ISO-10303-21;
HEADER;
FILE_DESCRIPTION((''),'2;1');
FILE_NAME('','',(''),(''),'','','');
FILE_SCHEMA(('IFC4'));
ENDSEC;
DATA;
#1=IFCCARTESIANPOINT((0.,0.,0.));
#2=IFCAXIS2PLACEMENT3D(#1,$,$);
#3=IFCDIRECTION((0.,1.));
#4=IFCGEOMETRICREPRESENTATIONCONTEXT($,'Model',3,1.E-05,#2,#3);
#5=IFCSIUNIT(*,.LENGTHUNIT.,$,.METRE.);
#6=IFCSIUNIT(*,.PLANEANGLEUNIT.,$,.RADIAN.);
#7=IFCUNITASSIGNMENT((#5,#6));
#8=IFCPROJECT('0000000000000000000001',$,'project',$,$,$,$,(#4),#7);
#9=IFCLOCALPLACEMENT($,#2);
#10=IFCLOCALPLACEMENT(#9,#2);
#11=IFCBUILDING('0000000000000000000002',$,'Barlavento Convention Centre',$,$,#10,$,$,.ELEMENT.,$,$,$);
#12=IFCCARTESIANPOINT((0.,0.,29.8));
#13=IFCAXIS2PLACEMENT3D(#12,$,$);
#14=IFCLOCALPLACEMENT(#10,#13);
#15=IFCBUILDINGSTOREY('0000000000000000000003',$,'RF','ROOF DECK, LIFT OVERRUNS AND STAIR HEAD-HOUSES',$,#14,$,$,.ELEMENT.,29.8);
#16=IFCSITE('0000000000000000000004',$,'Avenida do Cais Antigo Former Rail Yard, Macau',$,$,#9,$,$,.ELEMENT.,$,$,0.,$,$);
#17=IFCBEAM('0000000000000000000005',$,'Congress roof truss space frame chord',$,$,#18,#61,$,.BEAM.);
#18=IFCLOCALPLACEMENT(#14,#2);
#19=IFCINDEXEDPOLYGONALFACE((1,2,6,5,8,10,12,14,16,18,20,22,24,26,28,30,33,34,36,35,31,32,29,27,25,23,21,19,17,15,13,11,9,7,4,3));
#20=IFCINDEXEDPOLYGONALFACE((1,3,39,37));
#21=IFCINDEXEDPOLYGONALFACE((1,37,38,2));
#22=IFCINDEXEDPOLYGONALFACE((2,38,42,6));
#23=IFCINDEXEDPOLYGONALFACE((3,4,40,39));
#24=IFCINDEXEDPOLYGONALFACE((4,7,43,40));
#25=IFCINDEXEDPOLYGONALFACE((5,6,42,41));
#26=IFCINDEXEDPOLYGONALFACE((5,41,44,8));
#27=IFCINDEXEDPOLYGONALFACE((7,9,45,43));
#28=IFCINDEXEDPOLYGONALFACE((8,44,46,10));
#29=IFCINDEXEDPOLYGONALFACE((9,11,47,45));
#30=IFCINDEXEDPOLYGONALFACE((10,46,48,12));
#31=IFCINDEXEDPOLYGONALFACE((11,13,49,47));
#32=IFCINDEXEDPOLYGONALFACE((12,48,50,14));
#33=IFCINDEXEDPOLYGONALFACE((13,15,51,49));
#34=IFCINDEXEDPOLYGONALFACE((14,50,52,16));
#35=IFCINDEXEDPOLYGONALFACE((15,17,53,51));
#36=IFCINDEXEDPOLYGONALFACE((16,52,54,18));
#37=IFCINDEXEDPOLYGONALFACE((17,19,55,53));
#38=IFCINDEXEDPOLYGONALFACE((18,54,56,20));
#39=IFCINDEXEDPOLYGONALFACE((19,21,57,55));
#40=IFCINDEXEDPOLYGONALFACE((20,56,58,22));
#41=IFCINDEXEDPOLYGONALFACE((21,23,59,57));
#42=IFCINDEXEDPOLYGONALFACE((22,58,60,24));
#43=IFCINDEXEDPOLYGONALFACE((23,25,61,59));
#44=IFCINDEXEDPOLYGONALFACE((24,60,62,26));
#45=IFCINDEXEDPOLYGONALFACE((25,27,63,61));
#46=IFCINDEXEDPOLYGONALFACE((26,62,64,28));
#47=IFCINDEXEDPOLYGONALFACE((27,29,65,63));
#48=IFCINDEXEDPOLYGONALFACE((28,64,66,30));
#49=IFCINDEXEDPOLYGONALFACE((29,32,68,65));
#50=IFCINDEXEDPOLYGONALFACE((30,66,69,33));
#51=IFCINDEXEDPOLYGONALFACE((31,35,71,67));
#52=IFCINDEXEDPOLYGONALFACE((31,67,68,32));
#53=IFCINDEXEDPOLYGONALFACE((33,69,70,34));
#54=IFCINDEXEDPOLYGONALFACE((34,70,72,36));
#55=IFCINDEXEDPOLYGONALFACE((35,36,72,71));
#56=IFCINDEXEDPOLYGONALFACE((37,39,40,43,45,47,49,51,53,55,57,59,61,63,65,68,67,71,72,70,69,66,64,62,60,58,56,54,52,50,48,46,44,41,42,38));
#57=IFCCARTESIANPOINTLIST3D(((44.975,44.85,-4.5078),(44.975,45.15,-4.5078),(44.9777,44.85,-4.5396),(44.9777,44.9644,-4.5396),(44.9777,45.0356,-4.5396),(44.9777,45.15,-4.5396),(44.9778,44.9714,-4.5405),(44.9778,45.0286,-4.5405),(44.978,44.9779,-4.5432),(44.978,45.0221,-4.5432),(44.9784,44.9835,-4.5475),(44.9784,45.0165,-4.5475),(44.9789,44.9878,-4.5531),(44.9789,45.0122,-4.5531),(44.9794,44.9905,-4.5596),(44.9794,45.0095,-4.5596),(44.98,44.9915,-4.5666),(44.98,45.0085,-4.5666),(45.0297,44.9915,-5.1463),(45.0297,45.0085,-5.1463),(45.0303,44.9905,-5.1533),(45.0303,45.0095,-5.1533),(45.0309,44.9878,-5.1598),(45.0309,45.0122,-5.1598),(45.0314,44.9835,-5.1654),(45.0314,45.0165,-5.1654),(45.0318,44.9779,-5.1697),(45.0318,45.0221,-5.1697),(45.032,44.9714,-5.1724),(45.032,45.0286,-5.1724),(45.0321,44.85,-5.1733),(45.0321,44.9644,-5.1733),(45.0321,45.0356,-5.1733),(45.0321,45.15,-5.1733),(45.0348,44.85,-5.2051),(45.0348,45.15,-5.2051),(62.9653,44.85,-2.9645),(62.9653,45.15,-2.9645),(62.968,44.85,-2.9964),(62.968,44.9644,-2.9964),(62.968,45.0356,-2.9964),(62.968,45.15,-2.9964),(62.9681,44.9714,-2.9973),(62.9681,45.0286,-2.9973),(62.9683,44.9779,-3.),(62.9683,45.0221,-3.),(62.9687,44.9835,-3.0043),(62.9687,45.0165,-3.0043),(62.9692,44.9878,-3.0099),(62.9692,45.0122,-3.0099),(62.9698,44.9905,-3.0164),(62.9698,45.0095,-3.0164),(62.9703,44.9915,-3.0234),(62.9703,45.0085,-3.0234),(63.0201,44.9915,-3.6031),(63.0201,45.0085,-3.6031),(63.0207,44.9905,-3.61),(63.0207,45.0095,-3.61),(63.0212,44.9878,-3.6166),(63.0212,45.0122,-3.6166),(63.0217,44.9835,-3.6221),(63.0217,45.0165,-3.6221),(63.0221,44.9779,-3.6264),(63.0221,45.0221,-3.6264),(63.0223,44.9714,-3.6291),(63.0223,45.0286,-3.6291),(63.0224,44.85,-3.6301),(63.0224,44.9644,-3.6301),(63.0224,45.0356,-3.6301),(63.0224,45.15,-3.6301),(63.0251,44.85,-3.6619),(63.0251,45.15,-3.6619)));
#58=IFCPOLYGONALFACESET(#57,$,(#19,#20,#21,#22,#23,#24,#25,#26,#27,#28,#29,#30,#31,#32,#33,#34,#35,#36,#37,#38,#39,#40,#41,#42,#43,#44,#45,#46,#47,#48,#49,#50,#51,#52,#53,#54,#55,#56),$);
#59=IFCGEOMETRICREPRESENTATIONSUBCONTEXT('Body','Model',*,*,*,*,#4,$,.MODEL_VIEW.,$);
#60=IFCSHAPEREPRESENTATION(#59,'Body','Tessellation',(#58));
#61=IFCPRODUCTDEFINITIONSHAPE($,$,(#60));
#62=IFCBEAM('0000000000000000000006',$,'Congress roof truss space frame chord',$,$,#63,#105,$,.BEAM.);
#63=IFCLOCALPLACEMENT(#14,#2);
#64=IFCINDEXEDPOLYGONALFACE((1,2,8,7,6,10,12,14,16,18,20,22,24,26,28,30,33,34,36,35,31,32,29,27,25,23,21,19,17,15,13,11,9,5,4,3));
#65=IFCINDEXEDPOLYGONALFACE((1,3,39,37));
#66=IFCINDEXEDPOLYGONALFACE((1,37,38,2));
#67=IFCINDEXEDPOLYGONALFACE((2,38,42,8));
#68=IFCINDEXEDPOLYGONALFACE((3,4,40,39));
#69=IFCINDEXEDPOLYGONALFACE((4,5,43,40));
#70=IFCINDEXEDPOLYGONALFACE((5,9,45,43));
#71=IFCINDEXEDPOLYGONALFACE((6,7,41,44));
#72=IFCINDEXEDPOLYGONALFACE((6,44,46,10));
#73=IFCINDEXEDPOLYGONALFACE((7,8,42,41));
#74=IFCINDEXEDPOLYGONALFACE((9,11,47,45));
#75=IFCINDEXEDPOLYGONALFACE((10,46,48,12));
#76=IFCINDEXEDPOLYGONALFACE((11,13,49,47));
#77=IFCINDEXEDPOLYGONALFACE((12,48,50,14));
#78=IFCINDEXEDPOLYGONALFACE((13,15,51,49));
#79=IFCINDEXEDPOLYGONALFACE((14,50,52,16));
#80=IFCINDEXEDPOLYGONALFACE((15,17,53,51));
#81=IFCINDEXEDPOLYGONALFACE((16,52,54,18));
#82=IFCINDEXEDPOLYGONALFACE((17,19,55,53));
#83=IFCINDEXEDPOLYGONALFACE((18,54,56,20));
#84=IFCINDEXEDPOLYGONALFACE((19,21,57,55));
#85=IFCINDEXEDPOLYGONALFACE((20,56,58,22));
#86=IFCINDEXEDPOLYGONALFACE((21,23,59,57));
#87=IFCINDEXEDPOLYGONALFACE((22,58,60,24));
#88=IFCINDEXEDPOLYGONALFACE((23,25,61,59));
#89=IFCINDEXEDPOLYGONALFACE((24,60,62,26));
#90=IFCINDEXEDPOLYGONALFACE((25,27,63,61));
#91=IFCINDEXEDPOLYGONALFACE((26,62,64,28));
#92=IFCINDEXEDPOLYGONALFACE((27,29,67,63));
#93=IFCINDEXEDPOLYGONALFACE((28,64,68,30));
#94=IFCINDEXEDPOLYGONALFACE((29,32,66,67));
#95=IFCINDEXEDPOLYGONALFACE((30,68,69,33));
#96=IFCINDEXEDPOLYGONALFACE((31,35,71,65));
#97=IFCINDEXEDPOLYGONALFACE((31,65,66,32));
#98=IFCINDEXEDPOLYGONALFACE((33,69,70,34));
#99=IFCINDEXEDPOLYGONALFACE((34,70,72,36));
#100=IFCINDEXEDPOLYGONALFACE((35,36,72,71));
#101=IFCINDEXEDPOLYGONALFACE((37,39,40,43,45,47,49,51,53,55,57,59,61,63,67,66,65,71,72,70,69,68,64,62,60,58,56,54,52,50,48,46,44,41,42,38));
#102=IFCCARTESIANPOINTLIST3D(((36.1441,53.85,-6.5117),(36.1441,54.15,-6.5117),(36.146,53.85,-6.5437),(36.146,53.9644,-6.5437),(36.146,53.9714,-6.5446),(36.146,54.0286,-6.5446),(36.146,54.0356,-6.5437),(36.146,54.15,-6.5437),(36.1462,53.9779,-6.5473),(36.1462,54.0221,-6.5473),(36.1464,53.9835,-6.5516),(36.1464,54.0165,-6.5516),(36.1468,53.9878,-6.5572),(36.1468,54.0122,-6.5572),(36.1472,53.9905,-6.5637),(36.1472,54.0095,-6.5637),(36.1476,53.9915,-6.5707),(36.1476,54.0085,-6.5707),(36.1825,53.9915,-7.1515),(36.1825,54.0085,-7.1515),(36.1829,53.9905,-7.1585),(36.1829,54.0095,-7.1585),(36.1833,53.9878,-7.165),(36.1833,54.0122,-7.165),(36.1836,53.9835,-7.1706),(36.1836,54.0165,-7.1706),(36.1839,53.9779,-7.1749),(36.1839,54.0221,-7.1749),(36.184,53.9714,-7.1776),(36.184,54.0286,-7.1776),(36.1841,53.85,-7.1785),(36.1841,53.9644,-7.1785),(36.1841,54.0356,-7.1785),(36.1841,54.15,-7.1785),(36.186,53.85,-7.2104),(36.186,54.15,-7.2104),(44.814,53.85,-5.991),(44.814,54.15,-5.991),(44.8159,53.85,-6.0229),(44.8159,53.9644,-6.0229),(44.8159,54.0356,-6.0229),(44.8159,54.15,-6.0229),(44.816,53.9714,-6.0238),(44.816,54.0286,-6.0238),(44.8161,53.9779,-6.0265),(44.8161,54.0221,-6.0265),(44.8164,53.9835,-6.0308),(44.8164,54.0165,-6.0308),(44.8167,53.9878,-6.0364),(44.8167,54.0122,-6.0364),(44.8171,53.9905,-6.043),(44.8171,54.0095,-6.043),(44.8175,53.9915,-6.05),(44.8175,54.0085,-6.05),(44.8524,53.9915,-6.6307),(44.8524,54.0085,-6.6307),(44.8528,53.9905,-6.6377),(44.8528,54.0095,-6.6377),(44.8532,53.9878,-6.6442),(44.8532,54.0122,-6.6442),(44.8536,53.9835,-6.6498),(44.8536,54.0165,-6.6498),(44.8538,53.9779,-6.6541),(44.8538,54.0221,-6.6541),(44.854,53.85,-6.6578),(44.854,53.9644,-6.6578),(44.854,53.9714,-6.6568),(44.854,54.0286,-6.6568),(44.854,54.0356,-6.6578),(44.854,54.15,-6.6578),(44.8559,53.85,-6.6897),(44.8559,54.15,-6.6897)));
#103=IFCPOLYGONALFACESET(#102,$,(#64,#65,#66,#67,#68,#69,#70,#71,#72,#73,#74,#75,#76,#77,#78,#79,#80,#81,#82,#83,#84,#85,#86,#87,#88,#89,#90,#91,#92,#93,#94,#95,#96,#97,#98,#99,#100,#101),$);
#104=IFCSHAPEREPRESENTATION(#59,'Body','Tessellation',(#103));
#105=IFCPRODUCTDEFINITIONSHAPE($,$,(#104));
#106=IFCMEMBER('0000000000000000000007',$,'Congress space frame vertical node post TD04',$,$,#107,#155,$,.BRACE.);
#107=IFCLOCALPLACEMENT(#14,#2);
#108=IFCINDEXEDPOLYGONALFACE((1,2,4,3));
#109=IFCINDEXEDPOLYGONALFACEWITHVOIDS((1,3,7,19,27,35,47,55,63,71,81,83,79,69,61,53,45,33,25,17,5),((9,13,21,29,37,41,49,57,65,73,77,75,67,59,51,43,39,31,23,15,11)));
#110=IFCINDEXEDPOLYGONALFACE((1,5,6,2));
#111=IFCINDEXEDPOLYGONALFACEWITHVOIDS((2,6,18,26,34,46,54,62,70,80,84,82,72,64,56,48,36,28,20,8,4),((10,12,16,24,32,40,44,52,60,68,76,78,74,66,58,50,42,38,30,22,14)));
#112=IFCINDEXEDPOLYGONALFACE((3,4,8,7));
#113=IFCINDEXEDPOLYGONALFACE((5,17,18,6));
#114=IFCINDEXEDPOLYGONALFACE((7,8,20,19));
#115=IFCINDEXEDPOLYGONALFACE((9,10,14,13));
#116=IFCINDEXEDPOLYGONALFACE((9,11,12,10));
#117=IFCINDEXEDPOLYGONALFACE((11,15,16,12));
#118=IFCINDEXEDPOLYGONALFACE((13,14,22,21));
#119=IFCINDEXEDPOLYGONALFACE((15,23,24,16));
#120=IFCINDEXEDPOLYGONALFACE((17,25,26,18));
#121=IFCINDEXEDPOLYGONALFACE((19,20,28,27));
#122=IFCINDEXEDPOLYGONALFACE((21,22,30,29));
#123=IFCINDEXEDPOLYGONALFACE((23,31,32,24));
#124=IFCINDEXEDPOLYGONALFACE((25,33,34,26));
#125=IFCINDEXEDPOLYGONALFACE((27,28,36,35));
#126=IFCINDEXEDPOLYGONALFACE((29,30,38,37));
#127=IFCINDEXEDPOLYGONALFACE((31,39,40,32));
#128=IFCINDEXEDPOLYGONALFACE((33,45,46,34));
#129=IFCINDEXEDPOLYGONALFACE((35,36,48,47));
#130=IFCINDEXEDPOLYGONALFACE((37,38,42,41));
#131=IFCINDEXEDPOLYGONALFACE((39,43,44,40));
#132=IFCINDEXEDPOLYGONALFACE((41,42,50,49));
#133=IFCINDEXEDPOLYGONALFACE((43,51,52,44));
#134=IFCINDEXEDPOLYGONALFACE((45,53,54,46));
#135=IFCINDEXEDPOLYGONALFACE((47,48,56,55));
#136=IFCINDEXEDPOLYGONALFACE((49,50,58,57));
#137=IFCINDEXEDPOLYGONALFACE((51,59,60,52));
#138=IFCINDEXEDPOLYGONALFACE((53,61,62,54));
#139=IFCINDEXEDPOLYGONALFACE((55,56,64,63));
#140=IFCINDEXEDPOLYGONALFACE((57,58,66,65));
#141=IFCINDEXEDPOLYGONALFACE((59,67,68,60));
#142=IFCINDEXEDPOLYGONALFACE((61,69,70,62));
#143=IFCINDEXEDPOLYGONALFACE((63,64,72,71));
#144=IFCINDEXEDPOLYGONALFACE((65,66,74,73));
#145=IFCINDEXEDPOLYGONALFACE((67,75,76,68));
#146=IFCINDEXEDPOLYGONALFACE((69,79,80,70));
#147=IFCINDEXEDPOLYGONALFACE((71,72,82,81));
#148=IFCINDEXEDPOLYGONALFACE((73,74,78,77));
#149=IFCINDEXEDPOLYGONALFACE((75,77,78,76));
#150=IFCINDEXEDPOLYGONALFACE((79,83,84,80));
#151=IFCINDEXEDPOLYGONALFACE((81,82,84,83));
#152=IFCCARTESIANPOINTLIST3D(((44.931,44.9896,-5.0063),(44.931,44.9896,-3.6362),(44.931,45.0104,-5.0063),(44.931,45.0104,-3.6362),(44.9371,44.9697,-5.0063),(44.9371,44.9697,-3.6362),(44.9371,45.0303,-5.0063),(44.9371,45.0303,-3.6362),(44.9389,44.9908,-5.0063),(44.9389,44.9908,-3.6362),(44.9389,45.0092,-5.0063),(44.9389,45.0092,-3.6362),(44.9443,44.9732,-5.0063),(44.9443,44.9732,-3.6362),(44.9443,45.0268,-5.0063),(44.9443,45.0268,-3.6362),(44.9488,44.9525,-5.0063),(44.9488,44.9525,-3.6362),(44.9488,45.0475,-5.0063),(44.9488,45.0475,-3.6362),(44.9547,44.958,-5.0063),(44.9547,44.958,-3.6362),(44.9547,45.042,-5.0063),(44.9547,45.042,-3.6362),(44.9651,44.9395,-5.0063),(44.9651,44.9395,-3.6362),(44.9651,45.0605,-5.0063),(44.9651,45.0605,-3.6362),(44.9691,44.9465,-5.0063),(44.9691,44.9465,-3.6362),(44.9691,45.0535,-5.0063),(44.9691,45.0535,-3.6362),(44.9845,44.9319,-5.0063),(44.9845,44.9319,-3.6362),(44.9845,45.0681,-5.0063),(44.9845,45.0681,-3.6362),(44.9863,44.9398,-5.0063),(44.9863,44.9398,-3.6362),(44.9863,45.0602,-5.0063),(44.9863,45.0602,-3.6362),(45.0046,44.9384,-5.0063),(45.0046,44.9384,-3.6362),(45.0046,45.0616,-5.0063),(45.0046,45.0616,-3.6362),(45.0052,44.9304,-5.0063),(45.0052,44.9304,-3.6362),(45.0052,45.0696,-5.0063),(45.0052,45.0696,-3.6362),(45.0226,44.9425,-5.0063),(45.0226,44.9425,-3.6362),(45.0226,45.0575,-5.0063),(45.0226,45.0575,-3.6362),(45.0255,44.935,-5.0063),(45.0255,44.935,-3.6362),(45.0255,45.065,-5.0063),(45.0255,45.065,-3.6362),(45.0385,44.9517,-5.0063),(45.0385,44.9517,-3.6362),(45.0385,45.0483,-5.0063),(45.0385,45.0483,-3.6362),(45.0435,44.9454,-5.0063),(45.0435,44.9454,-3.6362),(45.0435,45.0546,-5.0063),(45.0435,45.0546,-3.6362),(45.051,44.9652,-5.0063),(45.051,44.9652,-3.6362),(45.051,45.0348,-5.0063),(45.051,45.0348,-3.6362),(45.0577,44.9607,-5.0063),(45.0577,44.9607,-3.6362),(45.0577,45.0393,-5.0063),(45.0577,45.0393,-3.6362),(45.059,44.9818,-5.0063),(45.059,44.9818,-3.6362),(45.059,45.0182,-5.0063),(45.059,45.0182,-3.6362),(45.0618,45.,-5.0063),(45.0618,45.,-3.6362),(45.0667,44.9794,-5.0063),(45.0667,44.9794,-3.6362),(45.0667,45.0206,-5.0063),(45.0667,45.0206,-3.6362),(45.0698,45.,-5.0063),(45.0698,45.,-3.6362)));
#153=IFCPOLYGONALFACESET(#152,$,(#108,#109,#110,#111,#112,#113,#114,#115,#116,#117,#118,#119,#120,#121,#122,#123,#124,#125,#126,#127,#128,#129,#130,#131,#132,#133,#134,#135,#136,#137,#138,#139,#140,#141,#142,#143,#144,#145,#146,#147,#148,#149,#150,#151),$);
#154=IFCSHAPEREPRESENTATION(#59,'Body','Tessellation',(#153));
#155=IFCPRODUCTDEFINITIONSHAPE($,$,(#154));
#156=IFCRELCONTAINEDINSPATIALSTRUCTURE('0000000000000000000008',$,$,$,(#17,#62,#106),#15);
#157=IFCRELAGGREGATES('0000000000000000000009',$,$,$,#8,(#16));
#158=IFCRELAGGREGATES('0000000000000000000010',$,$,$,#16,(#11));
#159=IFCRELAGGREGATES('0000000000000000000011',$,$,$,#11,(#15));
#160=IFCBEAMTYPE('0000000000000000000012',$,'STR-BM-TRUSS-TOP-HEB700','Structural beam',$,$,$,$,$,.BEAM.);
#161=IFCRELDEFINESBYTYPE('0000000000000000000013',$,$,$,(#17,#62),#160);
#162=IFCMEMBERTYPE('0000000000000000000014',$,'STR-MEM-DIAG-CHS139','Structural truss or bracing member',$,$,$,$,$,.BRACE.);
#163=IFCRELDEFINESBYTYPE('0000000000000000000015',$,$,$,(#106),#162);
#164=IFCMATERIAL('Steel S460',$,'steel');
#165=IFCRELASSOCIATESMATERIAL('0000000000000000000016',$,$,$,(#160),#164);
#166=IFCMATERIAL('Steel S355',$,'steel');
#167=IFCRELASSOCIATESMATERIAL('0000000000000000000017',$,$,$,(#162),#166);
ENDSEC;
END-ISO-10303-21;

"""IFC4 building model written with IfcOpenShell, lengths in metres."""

from ifc_helpers import new_model, si_unit, direction, frame, origin, origin_2d, place, context, subcontext, project, spatial, hollow_circle, i_section, extrude, material, material_profile, profile_set, type_object, element, save


model = new_model("IFC4")

# Units and contexts
model_context = context("Model", 3, precision=1e-05, world=origin(), true_north=direction((0.0, 1.0)))
body_context = subcontext(model_context, "Body", "Model", "MODEL_VIEW")
ifc_project = project(units=[si_unit("LENGTHUNIT", "METRE"), si_unit("PLANEANGLEUNIT", "RADIAN")], contexts=[model_context])

# Site, building, storey
site_placement = place(None, origin())
site = spatial("IfcSite", under=ifc_project, at=site_placement, Name="Avenida do Cais Antigo Former Rail Yard, Macau", CompositionType="ELEMENT", RefElevation=0.0)
building_placement = place(site_placement, origin())
building = spatial("IfcBuilding", under=site, at=building_placement, Name="Barlavento Convention Centre", CompositionType="ELEMENT")
storey_placement = place(building_placement, frame((0.0, 0.0, 29.8)))
storey = spatial("IfcBuildingStorey", under=building, at=storey_placement, Name="RF", Description="ROOF DECK, LIFT OVERRUNS AND STAIR HEAD-HOUSES", CompositionType="ELEMENT", Elevation=29.8)

# Beams
ifc_material_1 = material(Name="Steel S355", Category="steel")
ifc_material_2 = material(Name="Steel S460", Category="steel")
ifc_material_profile_1 = material_profile(ifc_material_2, i_section(OverallWidth=0.3, OverallDepth=0.7, WebThickness=0.0171, FlangeThickness=0.032, FilletRadius=0.0271, at=origin_2d()), Name="HEB 700")
ifc_profile_set_1 = profile_set([ifc_material_profile_1], Name="Steel S460")
beam_type_1 = type_object("IfcBeamType", Name="STR-BM-TRUSS-TOP-HEB700", Description="Structural beam", PredefinedType="BEAM", material=ifc_profile_set_1)
beam_1_placement = place(storey_placement, frame((45.0049, 45.0, -4.8564), z_axis=(0.996341, 0.0, 0.085467), x_axis=(0.0, 1.0, 0.0)))
element("IfcBeam", 1, at=beam_1_placement, inside=storey, type_object=beam_type_1, Name="Congress roof truss space frame chord", PredefinedType="BEAM", context=body_context, shape_type="SweptSolid", body=[
    extrude(i_section(OverallWidth=0.3, OverallDepth=0.7, WebThickness=0.0171, FlangeThickness=0.032, FilletRadius=0.0271, at=origin_2d()), origin(), (0.0, 0.0, 1.0), 18.0564),
])
beam_2_placement = place(storey_placement, frame((36.165, 54.0, -6.8611), z_axis=(0.998201, 0.0, 0.059956), x_axis=(0.0, 1.0, 0.0)))
element("IfcBeam", 2, at=beam_2_placement, inside=storey, type_object=beam_type_1, Name="Congress roof truss space frame chord", PredefinedType="BEAM", context=body_context, shape_type="SweptSolid", body=[
    extrude(i_section(OverallWidth=0.3, OverallDepth=0.7, WebThickness=0.0171, FlangeThickness=0.032, FilletRadius=0.0271, at=origin_2d()), origin(), (0.0, 0.0, 1.0), 8.6855),
])

# Member
ifc_material_profile_2 = material_profile(ifc_material_1, hollow_circle(Radius=0.0698, WallThickness=0.0081, at=origin_2d()), Name="CHS 139.7x8.0")
ifc_profile_set_2 = profile_set([ifc_material_profile_2], Name="Steel S355")
member_type_1 = type_object("IfcMemberType", Name="STR-MEM-DIAG-CHS139", Description="Structural truss or bracing member", PredefinedType="BRACE", material=ifc_profile_set_2)
member_1_placement = place(storey_placement, frame((45.0, 45.0, -5.0063), z_axis=(0.0, 0.0, 1.0), x_axis=(1.0, 0.0, 0.0)))
element("IfcMember", 3, at=member_1_placement, inside=storey, type_object=member_type_1, Name="Congress space frame vertical node post TD04", PredefinedType="BRACE", context=body_context, shape_type="SweptSolid", body=[
    extrude(hollow_circle(Radius=0.0698, WallThickness=0.0081, at=origin_2d()), origin(), (0.0, 0.0, 1.0), 1.3701),
])

save(model, "model.ifc")
